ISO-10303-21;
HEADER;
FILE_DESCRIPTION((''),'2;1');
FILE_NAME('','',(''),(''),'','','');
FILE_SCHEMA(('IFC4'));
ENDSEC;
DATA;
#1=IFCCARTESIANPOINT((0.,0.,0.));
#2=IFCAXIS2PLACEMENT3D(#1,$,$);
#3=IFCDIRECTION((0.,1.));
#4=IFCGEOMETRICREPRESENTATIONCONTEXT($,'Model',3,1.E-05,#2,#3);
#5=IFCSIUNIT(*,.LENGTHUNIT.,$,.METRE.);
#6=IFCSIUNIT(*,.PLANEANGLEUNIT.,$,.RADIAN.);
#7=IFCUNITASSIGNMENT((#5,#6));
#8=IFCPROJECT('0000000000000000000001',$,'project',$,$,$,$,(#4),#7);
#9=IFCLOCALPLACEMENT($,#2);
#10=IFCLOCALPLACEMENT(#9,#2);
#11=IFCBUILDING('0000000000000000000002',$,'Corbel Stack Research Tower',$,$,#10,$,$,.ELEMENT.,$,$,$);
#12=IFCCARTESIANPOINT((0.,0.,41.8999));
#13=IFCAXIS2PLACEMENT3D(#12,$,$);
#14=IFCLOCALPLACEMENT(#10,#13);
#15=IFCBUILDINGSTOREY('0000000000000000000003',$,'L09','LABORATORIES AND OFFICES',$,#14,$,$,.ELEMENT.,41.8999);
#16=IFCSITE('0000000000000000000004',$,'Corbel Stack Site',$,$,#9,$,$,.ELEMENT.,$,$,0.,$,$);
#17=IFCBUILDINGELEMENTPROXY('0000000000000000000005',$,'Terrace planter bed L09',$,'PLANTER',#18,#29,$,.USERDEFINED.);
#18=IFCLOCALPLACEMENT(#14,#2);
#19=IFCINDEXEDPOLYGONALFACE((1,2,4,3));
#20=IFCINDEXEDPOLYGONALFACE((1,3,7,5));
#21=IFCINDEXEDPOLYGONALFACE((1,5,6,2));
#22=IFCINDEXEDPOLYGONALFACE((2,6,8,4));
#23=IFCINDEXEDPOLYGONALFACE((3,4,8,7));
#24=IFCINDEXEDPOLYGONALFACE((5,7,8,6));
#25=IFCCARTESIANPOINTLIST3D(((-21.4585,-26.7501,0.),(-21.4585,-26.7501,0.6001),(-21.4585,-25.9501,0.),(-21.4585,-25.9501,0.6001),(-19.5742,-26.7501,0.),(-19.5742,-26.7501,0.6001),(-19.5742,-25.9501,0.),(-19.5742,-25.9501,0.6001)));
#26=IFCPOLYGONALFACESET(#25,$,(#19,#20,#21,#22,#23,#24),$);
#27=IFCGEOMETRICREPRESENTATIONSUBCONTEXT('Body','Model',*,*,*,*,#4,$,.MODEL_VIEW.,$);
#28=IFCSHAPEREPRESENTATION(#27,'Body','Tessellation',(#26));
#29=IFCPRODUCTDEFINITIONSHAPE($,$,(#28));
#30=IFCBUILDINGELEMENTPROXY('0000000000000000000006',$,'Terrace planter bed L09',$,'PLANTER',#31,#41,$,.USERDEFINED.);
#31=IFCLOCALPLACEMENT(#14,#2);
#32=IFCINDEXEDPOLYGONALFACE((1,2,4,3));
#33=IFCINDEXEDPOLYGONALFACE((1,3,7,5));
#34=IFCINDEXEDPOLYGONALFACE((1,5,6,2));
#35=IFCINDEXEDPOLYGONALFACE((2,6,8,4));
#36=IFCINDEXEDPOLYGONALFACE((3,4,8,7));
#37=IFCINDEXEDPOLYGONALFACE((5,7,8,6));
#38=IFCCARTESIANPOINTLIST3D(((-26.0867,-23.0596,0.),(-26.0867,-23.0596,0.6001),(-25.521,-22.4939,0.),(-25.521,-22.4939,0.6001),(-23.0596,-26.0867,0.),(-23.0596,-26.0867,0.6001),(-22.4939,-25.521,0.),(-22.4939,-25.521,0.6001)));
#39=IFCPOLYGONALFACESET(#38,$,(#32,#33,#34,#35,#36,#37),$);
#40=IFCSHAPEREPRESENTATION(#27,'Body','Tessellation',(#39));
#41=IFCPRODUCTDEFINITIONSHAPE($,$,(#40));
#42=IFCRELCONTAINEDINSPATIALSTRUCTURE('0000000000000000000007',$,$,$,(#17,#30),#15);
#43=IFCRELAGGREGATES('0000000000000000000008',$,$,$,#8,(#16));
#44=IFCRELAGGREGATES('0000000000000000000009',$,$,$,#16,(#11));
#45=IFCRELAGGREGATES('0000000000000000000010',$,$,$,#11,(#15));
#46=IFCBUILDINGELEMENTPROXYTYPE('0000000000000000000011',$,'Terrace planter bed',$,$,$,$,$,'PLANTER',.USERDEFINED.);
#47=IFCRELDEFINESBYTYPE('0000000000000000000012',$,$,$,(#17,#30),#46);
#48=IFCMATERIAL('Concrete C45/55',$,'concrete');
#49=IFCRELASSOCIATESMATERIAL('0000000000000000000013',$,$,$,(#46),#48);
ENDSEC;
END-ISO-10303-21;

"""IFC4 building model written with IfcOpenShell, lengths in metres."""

from ifc_helpers import new_model, si_unit, direction, frame, origin, origin_2d, place, context, subcontext, project, spatial, rectangle, extrude, material, type_object, element, save


model = new_model("IFC4")

# Units and contexts
model_context = context("Model", 3, precision=1e-05, world=origin(), true_north=direction((0.0, 1.0)))
body_context = subcontext(model_context, "Body", "Model", "MODEL_VIEW")
ifc_project = project(units=[si_unit("LENGTHUNIT", "METRE"), si_unit("PLANEANGLEUNIT", "RADIAN")], contexts=[model_context])

# Site, building, storey
site_placement = place(None, origin())
site = spatial("IfcSite", under=ifc_project, at=site_placement, Name="Corbel Stack Site", CompositionType="ELEMENT", RefElevation=0.0)
building_placement = place(site_placement, origin())
building = spatial("IfcBuilding", under=site, at=building_placement, Name="Corbel Stack Research Tower", CompositionType="ELEMENT")
storey_placement = place(building_placement, frame((0.0, 0.0, 41.8999)))
storey = spatial("IfcBuildingStorey", under=building, at=storey_placement, Name="L09", Description="LABORATORIES AND OFFICES", CompositionType="ELEMENT", Elevation=41.8999)

# Building element proxies
ifc_material_1 = material(Name="Concrete C45/55", Category="concrete")
building_element_proxy_type = type_object("IfcBuildingElementProxyType", Name="Terrace planter bed", ElementType="PLANTER", PredefinedType="USERDEFINED", material=ifc_material_1)
proxy_1_placement = place(storey_placement, frame((-20.5164, -26.3501, 0.0), z_axis=(0.0, 0.0, 1.0), x_axis=(-1.0, 0.0, 0.0)))
element("IfcBuildingElementProxy", 1, at=proxy_1_placement, inside=storey, type_object=building_element_proxy_type, Name="Terrace planter bed L09", ObjectType="PLANTER", PredefinedType="USERDEFINED", context=body_context, shape_type="SweptSolid", body=[
    extrude(rectangle(XDim=1.8843, YDim=0.8, at=origin_2d()), origin(), (0.0, 0.0, 1.0), 0.6001),
])
proxy_2_placement = place(storey_placement, frame((-24.2903, -24.2903, 0.0), z_axis=(0.0, 0.0, 1.0), x_axis=(-0.707107, 0.707107, 0.0)))
element("IfcBuildingElementProxy", 2, at=proxy_2_placement, inside=storey, type_object=building_element_proxy_type, Name="Terrace planter bed L09", ObjectType="PLANTER", PredefinedType="USERDEFINED", context=body_context, shape_type="SweptSolid", body=[
    extrude(rectangle(XDim=4.281, YDim=0.8, at=origin_2d()), origin(), (0.0, 0.0, 1.0), 0.6001),
])

save(model, "model.ifc")
